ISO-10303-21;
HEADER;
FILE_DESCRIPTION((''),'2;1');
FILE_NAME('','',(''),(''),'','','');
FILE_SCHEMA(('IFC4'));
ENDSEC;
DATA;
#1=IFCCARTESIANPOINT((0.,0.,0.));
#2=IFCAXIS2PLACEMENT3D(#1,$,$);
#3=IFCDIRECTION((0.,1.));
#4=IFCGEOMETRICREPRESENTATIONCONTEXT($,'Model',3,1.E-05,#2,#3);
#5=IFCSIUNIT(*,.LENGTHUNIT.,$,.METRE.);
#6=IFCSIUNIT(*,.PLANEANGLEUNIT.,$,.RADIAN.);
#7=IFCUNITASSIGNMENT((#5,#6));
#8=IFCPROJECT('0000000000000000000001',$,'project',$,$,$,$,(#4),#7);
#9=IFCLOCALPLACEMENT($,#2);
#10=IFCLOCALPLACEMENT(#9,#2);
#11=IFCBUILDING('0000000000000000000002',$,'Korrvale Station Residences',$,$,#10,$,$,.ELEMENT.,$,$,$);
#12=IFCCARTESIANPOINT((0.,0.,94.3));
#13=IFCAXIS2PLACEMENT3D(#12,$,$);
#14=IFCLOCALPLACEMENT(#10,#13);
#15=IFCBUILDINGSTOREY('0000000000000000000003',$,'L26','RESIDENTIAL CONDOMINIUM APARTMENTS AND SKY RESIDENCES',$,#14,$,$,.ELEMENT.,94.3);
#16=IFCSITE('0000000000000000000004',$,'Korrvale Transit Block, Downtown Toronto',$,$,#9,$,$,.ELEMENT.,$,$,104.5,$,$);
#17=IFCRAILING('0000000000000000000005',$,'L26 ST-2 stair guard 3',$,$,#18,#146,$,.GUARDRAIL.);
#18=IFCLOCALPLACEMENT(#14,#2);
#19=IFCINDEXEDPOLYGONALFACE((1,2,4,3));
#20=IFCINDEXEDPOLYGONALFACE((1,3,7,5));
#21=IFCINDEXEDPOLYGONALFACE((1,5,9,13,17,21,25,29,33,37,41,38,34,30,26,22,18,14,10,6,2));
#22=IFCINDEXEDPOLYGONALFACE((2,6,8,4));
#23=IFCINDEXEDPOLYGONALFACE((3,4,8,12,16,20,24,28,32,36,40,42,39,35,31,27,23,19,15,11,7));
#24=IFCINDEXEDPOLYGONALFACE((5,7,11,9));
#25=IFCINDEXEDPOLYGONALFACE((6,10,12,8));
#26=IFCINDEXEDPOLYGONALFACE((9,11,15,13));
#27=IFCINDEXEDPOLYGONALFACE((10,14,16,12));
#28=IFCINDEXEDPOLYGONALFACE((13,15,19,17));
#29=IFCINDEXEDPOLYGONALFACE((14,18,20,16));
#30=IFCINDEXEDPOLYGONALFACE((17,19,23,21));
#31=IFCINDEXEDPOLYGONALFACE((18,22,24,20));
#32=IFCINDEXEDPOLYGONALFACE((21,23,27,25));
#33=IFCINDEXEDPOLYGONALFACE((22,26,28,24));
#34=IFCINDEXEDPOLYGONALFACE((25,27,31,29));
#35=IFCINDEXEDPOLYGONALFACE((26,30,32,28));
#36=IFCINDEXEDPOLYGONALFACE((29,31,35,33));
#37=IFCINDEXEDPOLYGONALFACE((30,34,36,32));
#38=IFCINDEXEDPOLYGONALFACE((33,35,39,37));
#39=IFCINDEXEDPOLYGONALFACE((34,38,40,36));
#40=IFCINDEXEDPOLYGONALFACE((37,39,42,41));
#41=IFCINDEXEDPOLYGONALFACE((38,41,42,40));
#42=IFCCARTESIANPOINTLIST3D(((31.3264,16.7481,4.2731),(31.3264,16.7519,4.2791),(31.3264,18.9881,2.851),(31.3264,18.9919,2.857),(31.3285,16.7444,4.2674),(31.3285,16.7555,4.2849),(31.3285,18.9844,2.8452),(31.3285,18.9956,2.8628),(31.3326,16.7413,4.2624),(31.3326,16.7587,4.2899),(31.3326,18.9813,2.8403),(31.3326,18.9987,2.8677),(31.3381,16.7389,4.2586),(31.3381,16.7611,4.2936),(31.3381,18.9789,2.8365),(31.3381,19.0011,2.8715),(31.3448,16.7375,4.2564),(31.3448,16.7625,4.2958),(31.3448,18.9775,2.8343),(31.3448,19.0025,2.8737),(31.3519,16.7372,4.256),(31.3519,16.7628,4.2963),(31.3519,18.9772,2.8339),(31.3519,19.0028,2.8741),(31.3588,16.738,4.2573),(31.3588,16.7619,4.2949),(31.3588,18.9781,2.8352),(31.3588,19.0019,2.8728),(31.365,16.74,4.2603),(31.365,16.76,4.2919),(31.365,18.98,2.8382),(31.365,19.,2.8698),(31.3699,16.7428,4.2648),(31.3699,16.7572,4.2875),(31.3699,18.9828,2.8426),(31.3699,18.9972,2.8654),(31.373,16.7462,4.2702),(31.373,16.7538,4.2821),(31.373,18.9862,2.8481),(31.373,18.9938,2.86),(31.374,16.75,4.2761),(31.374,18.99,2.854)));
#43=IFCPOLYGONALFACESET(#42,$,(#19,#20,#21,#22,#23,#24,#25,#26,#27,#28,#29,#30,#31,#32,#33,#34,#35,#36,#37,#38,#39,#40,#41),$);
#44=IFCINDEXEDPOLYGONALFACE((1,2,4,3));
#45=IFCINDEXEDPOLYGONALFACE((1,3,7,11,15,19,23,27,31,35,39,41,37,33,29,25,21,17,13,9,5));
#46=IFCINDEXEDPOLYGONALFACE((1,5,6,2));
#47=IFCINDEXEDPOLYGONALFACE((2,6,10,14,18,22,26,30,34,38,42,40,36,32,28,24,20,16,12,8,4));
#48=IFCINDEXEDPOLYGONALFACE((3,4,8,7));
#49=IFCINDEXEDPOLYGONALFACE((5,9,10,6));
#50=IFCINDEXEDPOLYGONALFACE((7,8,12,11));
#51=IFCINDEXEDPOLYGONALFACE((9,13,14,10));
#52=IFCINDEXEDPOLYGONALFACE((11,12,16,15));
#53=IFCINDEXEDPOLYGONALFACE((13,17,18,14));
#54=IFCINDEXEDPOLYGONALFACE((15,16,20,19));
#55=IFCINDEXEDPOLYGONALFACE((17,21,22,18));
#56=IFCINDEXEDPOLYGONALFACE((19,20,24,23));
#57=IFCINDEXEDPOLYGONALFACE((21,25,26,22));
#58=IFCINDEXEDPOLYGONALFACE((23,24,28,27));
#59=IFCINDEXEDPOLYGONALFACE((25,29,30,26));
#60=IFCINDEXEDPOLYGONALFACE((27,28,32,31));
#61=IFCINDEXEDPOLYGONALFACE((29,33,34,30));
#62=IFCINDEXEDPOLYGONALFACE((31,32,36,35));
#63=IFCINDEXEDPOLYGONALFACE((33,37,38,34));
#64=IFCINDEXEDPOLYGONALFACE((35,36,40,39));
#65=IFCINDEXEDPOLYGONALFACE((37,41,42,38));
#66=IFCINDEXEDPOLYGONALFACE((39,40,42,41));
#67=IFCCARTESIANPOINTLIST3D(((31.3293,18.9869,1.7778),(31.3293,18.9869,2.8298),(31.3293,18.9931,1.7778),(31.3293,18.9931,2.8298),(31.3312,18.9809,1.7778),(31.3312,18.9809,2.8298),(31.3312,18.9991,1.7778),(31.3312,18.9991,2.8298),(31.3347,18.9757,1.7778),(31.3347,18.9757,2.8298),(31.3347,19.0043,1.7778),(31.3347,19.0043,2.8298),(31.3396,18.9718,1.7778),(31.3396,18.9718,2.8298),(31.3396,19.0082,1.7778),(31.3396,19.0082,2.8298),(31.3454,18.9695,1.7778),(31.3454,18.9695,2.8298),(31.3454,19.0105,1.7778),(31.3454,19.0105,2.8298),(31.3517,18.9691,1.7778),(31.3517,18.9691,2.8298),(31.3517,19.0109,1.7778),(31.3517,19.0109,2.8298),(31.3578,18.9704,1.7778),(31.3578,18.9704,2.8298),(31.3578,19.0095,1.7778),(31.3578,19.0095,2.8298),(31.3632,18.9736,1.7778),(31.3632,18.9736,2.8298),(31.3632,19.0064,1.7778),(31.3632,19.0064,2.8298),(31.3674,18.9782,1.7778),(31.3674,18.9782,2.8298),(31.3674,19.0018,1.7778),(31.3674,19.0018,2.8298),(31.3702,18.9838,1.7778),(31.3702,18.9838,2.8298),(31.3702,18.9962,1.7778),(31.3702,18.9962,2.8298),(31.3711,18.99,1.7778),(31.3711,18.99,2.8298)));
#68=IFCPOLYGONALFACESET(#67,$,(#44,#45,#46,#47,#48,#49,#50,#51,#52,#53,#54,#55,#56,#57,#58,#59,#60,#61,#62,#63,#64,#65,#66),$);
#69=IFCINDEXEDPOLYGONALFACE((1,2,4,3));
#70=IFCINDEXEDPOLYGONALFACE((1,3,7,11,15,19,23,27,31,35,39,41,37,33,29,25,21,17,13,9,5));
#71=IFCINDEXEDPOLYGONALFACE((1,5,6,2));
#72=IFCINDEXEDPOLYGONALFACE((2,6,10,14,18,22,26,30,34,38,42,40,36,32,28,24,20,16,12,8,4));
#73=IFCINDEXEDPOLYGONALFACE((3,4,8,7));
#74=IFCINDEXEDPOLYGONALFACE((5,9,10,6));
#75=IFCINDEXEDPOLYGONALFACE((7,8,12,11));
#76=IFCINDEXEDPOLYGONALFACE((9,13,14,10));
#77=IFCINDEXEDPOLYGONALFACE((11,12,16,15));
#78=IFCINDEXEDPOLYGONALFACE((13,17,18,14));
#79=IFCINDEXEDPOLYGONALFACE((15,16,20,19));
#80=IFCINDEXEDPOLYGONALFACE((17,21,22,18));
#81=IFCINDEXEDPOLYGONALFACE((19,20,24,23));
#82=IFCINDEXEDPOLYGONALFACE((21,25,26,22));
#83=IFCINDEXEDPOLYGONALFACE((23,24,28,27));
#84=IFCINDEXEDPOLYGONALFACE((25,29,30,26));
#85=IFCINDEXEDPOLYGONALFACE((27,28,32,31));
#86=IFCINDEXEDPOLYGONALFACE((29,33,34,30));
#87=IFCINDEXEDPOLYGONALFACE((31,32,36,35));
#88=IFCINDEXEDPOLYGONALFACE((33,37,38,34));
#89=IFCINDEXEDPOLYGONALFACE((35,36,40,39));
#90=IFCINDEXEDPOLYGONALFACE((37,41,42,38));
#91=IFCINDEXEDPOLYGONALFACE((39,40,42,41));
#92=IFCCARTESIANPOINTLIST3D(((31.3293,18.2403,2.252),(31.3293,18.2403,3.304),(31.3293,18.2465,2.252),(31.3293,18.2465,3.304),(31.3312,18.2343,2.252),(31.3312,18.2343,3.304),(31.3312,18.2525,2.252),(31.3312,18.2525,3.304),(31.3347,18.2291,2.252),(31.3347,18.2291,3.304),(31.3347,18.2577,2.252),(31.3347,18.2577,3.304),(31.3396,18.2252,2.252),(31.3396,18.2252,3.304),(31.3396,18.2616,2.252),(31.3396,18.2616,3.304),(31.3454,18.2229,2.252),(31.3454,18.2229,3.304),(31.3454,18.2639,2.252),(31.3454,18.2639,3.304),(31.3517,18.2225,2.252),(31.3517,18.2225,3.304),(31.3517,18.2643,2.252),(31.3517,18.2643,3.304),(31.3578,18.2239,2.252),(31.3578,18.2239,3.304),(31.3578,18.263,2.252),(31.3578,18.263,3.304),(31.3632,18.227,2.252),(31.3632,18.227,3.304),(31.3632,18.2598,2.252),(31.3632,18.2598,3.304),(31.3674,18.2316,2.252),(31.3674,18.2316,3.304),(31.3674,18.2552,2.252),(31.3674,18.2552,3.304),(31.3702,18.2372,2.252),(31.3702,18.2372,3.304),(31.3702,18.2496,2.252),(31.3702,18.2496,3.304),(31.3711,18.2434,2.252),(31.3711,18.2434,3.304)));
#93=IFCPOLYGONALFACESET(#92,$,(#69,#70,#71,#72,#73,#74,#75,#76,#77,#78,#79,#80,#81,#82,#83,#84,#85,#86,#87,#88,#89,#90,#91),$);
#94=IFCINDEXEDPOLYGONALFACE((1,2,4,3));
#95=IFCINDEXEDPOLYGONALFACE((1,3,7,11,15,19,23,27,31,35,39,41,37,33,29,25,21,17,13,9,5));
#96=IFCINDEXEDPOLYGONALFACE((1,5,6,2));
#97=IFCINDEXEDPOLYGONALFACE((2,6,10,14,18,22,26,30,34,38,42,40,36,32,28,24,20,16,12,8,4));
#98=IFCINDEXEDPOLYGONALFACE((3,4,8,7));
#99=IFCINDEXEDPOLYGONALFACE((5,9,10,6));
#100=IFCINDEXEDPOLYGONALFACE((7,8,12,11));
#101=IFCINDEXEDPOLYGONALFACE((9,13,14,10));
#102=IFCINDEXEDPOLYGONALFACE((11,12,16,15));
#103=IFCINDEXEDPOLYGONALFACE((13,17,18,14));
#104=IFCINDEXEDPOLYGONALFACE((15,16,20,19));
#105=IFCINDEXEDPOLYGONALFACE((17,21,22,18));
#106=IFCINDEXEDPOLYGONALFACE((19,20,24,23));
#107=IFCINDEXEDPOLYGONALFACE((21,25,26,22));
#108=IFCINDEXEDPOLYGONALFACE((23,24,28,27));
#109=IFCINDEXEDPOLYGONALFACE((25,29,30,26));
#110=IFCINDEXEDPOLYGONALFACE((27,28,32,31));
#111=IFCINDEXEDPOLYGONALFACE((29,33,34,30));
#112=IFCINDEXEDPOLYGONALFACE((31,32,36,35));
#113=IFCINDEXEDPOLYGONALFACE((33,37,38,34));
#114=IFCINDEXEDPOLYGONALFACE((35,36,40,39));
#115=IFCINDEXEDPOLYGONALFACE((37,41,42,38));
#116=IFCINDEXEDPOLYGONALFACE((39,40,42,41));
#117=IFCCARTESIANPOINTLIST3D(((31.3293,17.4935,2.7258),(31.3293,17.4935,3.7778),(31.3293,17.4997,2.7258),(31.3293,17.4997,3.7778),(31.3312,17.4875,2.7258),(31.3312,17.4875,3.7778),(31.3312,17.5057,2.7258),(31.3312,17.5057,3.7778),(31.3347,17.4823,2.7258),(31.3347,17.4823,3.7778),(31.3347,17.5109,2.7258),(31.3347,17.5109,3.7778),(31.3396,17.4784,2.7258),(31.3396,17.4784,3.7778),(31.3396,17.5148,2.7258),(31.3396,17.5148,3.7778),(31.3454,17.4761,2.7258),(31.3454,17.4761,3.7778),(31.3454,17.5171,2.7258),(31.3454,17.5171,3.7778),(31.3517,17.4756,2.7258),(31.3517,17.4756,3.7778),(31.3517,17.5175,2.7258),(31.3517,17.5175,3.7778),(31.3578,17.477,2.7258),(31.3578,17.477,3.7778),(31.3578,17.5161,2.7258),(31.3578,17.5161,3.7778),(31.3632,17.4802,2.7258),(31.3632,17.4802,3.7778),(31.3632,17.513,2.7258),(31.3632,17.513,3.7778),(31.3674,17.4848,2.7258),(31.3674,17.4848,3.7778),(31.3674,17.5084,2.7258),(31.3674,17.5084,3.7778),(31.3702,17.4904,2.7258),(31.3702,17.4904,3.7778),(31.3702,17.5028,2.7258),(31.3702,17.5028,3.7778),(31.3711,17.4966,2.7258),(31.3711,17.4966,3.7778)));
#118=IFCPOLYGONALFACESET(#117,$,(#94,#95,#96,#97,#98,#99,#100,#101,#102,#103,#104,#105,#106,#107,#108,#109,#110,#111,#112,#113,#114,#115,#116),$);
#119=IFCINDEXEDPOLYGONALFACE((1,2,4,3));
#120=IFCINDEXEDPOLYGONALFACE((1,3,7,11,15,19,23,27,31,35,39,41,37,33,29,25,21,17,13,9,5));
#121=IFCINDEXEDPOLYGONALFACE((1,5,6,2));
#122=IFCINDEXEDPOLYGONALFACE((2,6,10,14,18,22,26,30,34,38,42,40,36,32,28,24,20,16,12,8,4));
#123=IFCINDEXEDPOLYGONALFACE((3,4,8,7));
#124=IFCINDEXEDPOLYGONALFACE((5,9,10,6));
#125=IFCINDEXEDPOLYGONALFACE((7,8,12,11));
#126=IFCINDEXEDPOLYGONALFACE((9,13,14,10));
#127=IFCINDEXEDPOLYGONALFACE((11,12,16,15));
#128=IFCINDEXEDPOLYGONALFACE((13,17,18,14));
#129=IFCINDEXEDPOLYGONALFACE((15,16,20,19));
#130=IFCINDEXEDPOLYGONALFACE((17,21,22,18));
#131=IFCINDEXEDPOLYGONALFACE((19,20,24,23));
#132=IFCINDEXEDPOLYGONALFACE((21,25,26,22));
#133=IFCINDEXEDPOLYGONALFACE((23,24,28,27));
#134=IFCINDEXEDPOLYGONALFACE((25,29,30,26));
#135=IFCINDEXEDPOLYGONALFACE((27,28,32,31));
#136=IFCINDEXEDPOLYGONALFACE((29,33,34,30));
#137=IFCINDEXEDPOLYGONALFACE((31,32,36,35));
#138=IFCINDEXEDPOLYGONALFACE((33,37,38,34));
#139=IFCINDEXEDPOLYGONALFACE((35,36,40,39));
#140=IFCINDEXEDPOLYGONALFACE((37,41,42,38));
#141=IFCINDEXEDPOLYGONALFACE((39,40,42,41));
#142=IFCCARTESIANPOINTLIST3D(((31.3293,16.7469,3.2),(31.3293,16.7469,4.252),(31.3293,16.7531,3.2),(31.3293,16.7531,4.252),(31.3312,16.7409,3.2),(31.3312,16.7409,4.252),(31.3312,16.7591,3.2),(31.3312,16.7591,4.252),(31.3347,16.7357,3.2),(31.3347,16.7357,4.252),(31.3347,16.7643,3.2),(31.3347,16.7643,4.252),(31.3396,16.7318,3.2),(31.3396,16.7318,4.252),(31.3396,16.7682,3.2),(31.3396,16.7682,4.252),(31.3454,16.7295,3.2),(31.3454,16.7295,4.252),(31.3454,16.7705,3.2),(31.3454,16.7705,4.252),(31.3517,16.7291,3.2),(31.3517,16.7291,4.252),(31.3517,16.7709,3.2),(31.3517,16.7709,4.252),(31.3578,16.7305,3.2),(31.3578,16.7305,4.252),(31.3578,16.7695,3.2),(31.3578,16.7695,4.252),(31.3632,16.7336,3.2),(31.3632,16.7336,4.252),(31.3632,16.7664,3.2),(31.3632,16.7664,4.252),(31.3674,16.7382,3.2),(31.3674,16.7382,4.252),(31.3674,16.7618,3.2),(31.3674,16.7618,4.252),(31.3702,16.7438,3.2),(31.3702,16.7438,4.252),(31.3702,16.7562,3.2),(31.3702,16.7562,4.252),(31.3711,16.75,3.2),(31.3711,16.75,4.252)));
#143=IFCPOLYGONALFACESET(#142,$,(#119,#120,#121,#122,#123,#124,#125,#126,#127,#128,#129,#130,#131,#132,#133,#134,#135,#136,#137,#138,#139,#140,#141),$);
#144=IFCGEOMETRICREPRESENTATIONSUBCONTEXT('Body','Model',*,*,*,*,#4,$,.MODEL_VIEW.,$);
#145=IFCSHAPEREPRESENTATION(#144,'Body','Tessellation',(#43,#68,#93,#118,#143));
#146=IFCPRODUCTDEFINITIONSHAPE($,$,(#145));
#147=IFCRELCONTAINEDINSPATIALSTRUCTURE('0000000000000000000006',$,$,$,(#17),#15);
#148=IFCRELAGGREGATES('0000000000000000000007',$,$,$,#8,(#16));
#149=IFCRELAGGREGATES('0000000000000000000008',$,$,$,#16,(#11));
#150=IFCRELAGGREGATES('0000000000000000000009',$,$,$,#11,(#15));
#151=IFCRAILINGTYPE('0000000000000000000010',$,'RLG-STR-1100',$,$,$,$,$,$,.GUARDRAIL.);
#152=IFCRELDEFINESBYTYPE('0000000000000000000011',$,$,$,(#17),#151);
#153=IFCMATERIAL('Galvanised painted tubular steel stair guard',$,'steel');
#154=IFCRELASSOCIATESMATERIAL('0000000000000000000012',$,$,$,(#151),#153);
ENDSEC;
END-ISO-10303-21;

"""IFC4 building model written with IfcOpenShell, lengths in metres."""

from ifc_helpers import new_model, si_unit, direction, frame, origin, origin_2d, place, context, subcontext, project, spatial, circle, extrude, material, type_object, element, save


model = new_model("IFC4")

# Units and contexts
model_context = context("Model", 3, precision=1e-05, world=origin(), true_north=direction((0.0, 1.0)))
body_context = subcontext(model_context, "Body", "Model", "MODEL_VIEW")
ifc_project = project(units=[si_unit("LENGTHUNIT", "METRE"), si_unit("PLANEANGLEUNIT", "RADIAN")], contexts=[model_context])

# Site, building, storey
site_placement = place(None, origin())
site = spatial("IfcSite", under=ifc_project, at=site_placement, Name="Korrvale Transit Block, Downtown Toronto", CompositionType="ELEMENT", RefElevation=104.5)
building_placement = place(site_placement, origin())
building = spatial("IfcBuilding", under=site, at=building_placement, Name="Korrvale Station Residences", CompositionType="ELEMENT")
storey_placement = place(building_placement, frame((0.0, 0.0, 94.3)))
storey = spatial("IfcBuildingStorey", under=building, at=storey_placement, Name="L26", Description="RESIDENTIAL CONDOMINIUM APARTMENTS AND SKY RESIDENCES", CompositionType="ELEMENT", Elevation=94.3)

# Railing
ifc_material_1 = material(Name="Galvanised painted tubular steel stair guard", Category="steel")
railing_type_1 = type_object("IfcRailingType", Name="RLG-STR-1100", PredefinedType="GUARDRAIL", material=ifc_material_1)
railing_1_placement = place(storey_placement, frame((31.3501, 18.99, 1.7778)))
element("IfcRailing", 1, at=railing_1_placement, inside=storey, type_object=railing_type_1, Name="L26 ST-2 stair guard 3", PredefinedType="GUARDRAIL", context=body_context, shape_type="SweptSolid", body=[
    extrude(circle(Radius=0.0239, at=origin_2d()), frame((0.0, 0.0, 1.0762), z_axis=(0.0, -0.844229, 0.535982), x_axis=(1.0, 0.0, 0.0)), (0.0, 0.0, 1.0), 2.6533),
    extrude(circle(Radius=0.021, at=origin_2d()), origin(), (0.0, 0.0, 1.0), 1.052),
    extrude(circle(Radius=0.021, at=origin_2d()), frame((0.0, -0.7466, 0.4741)), (0.0, 0.0, 1.0), 1.052),
    extrude(circle(Radius=0.021, at=origin_2d()), frame((0.0, -1.4934, 0.948)), (0.0, 0.0, 1.0), 1.052),
    extrude(circle(Radius=0.021, at=origin_2d()), frame((0.0, -2.24, 1.4221)), (0.0, 0.0, 1.0), 1.052),
])

save(model, "model.ifc")
